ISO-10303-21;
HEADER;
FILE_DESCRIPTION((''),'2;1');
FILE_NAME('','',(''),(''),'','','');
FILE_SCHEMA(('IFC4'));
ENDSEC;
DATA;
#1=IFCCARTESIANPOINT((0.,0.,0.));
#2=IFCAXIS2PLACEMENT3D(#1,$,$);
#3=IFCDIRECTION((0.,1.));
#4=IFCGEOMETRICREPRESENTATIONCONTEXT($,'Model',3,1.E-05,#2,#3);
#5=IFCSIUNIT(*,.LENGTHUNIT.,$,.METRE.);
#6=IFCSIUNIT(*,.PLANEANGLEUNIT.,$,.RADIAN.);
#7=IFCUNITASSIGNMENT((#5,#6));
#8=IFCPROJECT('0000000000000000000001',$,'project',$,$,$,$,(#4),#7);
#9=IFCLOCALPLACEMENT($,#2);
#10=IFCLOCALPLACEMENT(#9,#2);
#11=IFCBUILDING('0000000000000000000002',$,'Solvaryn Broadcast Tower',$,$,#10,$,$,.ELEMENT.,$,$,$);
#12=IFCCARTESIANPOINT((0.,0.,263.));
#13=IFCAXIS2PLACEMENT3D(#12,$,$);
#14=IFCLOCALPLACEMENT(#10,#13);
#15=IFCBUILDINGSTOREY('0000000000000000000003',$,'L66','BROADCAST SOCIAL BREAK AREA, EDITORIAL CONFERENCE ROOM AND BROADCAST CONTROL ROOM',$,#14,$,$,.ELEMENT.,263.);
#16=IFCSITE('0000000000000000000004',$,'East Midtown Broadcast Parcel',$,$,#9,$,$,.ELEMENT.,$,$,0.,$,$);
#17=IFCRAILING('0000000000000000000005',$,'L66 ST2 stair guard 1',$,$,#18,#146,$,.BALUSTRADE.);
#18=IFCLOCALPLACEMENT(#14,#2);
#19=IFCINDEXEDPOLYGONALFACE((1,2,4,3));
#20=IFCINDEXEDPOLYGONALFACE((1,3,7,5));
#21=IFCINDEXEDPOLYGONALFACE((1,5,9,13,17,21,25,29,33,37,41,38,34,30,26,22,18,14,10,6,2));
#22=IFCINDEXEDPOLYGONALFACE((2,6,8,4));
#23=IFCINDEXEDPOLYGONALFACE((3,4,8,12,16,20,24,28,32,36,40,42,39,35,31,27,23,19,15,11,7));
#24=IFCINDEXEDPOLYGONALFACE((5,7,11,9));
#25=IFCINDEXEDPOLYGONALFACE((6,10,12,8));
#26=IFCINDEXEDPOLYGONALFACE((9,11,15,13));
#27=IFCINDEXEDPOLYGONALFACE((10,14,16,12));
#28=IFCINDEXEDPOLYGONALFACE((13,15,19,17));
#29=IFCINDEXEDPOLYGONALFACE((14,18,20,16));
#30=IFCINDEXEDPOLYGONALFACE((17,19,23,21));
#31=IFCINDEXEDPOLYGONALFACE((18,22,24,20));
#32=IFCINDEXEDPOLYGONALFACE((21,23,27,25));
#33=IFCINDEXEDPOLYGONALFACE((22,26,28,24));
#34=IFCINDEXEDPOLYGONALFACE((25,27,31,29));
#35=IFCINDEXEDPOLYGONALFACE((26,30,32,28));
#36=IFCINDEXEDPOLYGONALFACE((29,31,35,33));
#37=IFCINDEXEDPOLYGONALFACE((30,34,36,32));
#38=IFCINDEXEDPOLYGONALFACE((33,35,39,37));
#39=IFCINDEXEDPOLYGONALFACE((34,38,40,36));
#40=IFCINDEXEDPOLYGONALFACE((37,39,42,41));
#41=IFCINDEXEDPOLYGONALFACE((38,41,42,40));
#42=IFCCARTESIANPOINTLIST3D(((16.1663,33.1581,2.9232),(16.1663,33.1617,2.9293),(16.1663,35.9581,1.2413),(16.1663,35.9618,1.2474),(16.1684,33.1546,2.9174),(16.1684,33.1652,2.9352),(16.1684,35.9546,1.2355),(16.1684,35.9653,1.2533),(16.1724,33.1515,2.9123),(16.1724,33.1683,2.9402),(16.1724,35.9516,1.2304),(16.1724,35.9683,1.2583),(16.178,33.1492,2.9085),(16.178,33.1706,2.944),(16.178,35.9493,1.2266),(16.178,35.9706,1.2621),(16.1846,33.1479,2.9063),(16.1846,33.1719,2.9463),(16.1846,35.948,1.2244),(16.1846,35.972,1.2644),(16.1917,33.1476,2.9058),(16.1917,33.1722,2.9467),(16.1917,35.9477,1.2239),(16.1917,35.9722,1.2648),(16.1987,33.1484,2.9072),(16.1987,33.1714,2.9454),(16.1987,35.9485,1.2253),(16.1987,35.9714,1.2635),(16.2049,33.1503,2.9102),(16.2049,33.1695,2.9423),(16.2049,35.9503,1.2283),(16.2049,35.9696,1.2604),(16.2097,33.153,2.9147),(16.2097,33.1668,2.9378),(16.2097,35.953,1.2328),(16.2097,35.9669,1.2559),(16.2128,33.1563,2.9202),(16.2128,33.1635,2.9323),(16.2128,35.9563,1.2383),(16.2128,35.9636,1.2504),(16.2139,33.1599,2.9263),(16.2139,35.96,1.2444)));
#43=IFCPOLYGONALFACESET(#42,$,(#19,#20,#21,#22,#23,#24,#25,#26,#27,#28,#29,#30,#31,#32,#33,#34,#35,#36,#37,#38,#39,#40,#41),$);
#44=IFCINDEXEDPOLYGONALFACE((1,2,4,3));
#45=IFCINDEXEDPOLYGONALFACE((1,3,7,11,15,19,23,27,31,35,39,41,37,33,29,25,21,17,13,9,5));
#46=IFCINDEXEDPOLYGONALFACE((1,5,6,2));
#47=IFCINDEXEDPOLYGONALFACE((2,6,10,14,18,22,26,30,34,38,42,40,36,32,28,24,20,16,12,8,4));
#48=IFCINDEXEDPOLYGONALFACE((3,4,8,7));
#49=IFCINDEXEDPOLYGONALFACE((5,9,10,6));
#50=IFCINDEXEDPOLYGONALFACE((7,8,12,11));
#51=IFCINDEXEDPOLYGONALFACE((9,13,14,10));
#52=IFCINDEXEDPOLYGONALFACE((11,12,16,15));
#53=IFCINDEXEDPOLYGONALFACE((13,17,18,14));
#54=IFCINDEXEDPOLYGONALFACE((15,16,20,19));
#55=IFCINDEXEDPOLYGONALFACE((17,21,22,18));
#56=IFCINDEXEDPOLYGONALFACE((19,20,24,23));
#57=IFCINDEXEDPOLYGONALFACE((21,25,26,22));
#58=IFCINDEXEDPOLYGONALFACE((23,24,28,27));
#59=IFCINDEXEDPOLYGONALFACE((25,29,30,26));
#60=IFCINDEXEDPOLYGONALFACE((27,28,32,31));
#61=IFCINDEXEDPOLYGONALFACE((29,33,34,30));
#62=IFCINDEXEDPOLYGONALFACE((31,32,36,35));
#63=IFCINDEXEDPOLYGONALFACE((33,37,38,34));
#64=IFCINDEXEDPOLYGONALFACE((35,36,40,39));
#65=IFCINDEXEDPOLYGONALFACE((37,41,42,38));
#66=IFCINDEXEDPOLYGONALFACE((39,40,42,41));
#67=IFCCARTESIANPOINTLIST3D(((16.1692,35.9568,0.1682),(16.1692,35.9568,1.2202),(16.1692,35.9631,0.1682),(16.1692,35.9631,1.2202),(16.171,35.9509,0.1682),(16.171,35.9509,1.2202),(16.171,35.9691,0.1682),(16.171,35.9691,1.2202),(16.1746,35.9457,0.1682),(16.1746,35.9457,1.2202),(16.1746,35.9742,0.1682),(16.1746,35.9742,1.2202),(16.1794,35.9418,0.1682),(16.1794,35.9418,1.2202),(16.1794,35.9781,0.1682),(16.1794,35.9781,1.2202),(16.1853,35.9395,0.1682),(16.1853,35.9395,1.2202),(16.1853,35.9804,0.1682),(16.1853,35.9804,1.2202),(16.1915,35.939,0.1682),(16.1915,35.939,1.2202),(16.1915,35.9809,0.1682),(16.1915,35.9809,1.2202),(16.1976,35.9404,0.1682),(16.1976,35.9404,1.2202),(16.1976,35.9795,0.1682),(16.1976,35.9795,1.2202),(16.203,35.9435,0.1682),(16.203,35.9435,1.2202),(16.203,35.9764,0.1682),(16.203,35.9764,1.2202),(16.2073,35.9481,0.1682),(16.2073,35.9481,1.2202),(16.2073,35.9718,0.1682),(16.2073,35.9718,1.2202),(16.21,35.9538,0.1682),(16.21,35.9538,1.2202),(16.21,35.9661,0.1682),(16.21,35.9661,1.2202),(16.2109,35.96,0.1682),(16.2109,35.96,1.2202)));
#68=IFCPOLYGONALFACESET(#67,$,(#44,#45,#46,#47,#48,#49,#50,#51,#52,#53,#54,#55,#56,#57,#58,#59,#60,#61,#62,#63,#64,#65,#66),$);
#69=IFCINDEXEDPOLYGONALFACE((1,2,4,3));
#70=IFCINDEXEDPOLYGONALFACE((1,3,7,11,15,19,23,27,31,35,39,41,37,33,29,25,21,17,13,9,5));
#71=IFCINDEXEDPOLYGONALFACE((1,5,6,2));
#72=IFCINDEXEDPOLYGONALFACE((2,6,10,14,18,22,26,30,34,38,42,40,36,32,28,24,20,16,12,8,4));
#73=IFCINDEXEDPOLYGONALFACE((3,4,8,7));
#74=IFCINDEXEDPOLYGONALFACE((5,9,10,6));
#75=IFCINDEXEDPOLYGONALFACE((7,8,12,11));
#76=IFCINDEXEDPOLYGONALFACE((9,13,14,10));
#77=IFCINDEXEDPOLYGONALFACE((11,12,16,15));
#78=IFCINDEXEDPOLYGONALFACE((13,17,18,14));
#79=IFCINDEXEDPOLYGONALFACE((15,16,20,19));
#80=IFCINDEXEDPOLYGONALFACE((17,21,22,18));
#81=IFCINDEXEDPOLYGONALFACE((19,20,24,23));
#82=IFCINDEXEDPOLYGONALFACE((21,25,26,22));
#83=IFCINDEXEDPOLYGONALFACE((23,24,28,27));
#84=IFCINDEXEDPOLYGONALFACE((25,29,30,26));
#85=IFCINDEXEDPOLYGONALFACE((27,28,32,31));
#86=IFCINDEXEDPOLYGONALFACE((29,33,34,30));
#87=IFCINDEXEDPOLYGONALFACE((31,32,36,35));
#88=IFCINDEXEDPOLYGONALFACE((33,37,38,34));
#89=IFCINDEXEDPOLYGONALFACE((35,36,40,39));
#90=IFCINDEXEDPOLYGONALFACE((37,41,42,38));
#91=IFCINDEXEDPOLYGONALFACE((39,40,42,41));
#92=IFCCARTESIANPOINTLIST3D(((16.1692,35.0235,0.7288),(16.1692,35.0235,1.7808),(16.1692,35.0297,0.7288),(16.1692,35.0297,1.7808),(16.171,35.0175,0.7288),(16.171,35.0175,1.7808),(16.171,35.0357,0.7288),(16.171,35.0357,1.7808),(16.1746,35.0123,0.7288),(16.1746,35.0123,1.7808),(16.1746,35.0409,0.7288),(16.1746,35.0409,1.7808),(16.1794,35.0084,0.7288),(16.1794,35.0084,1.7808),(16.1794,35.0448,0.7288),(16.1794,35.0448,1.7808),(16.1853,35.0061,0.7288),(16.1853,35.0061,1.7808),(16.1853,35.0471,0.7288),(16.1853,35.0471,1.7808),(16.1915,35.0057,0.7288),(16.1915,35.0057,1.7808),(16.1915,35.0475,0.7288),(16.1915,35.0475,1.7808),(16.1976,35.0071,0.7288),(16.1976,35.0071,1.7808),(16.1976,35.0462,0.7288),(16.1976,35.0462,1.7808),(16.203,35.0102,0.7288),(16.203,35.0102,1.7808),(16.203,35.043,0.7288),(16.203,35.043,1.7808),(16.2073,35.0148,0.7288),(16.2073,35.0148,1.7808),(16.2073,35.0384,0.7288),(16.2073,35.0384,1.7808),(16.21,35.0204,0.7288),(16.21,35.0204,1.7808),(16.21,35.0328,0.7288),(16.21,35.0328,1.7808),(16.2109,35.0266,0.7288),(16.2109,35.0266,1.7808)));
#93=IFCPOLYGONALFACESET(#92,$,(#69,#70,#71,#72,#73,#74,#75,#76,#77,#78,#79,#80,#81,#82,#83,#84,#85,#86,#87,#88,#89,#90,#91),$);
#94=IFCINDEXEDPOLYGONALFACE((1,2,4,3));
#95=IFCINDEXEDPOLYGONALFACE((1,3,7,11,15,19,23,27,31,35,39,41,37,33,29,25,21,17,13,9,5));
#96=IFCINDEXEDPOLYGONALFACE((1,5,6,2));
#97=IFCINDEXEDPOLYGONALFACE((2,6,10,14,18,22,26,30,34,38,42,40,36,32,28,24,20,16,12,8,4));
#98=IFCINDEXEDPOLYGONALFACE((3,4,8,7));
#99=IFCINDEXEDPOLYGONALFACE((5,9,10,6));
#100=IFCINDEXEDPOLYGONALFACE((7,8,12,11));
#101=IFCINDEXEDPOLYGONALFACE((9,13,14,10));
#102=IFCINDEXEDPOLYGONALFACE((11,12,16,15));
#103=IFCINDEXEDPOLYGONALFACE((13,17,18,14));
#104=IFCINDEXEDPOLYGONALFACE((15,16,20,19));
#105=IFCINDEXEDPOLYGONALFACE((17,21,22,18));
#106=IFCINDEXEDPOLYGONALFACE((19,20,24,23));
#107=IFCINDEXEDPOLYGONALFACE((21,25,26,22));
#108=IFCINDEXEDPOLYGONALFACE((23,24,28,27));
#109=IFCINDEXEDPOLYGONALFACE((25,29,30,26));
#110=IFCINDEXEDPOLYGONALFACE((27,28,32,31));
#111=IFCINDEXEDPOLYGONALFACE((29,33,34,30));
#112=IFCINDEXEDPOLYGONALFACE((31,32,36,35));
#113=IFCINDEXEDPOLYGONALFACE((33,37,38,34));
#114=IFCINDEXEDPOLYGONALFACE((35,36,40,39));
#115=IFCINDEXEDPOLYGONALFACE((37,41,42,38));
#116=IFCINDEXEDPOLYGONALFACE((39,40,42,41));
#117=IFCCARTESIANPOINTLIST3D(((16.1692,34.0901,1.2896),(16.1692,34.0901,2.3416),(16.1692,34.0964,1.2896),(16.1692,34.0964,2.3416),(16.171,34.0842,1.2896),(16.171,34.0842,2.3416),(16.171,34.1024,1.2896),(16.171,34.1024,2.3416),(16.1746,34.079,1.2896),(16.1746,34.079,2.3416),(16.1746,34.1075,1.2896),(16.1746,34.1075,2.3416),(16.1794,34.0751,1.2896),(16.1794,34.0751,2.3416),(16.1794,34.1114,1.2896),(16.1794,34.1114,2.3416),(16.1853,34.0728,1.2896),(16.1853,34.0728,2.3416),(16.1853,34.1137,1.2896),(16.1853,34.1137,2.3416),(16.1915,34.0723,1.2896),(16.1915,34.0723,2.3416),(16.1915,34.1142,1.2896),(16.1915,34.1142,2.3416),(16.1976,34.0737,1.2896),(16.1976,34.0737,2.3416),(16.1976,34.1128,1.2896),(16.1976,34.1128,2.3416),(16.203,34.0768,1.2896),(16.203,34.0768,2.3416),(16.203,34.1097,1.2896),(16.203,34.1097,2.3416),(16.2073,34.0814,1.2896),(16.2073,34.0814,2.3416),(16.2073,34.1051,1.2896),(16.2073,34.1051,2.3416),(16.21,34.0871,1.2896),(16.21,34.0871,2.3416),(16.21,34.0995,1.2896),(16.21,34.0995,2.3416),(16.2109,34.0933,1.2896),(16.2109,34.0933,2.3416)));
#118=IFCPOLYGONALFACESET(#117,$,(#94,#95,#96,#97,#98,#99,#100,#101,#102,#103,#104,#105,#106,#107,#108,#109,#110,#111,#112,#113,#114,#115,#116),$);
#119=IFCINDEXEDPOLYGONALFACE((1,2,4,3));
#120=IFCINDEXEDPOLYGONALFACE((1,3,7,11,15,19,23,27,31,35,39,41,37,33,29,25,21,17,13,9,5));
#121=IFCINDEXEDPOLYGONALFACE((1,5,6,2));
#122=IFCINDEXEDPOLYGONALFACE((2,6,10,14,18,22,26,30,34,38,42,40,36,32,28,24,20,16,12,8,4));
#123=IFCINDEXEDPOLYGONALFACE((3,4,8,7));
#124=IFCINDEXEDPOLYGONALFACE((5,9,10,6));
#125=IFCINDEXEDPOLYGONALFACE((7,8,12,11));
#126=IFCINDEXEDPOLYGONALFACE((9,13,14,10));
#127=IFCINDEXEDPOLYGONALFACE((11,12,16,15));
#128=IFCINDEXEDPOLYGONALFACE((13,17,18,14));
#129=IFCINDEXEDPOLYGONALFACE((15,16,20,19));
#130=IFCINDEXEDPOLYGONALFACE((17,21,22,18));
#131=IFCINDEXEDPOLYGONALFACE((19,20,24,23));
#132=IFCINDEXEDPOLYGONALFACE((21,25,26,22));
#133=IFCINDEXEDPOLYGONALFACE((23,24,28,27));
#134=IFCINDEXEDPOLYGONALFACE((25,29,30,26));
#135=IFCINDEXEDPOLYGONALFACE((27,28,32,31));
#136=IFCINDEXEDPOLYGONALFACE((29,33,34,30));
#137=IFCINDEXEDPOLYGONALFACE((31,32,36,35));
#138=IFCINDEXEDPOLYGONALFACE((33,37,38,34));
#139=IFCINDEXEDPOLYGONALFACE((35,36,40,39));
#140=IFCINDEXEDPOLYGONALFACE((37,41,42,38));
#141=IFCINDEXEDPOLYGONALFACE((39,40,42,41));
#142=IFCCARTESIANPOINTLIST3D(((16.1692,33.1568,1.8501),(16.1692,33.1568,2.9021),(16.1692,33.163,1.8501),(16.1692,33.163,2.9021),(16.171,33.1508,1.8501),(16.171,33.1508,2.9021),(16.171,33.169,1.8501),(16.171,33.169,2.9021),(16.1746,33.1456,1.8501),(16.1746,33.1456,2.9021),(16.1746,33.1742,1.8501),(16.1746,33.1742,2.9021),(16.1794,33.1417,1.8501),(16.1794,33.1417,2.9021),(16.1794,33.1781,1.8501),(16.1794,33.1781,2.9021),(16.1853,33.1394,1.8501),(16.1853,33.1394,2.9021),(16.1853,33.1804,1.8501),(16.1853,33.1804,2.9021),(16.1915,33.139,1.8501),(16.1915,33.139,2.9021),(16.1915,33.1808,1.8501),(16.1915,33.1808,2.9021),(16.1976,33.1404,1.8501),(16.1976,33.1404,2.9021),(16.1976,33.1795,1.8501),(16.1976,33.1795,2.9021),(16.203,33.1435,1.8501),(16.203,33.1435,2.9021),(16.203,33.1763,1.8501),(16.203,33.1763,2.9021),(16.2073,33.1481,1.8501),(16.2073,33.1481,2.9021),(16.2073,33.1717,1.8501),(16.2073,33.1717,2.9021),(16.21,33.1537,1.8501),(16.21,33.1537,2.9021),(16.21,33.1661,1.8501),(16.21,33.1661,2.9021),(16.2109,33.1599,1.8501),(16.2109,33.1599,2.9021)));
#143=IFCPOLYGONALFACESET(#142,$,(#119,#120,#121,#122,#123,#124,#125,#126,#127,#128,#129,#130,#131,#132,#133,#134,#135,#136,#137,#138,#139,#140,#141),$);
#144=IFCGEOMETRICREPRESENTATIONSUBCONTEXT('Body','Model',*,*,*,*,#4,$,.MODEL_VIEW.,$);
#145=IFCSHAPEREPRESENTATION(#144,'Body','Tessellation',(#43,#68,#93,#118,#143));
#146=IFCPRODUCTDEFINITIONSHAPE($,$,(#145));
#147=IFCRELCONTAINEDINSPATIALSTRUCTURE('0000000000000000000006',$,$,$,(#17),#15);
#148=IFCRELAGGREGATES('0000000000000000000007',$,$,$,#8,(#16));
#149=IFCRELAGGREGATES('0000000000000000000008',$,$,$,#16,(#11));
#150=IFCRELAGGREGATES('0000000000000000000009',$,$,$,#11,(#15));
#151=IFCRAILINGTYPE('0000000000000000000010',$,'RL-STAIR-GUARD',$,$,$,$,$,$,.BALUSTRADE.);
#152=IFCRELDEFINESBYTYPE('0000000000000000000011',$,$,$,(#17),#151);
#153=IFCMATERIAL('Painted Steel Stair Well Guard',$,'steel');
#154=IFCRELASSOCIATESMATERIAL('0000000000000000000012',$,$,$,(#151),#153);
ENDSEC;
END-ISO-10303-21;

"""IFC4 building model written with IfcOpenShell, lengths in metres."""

from ifc_helpers import new_model, si_unit, direction, frame, origin, origin_2d, place, context, subcontext, project, spatial, circle, extrude, material, type_object, element, save


model = new_model("IFC4")

# Units and contexts
model_context = context("Model", 3, precision=1e-05, world=origin(), true_north=direction((0.0, 1.0)))
body_context = subcontext(model_context, "Body", "Model", "MODEL_VIEW")
ifc_project = project(units=[si_unit("LENGTHUNIT", "METRE"), si_unit("PLANEANGLEUNIT", "RADIAN")], contexts=[model_context])

# Site, building, storey
site_placement = place(None, origin())
site = spatial("IfcSite", under=ifc_project, at=site_placement, Name="East Midtown Broadcast Parcel", CompositionType="ELEMENT", RefElevation=0.0)
building_placement = place(site_placement, origin())
building = spatial("IfcBuilding", under=site, at=building_placement, Name="Solvaryn Broadcast Tower", CompositionType="ELEMENT")
storey_placement = place(building_placement, frame((0.0, 0.0, 263.0)))
storey = spatial("IfcBuildingStorey", under=building, at=storey_placement, Name="L66", Description="BROADCAST SOCIAL BREAK AREA, EDITORIAL CONFERENCE ROOM AND BROADCAST CONTROL ROOM", CompositionType="ELEMENT", Elevation=263.0)

# Railing
ifc_material_1 = material(Name="Painted Steel Stair Well Guard", Category="steel")
railing_type_1 = type_object("IfcRailingType", Name="RL-STAIR-GUARD", PredefinedType="BALUSTRADE", material=ifc_material_1)
railing_1_placement = place(storey_placement, frame((16.1899, 35.96, 0.1682)))
element("IfcRailing", 1, at=railing_1_placement, inside=storey, type_object=railing_type_1, Name="L66 ST2 stair guard 1", PredefinedType="BALUSTRADE", context=body_context, shape_type="SweptSolid", body=[
    extrude(circle(Radius=0.0239, at=origin_2d()), frame((0.0, 0.0, 1.0762), z_axis=(0.0, -0.857242, 0.514913), x_axis=(1.0, 0.0, 0.0)), (0.0, 0.0, 1.0), 3.2664),
    extrude(circle(Radius=0.021, at=origin_2d()), origin(), (0.0, 0.0, 1.0), 1.052),
    extrude(circle(Radius=0.021, at=origin_2d()), frame((0.0, -0.9333, 0.5605)), (0.0, 0.0, 1.0), 1.052),
    extrude(circle(Radius=0.021, at=origin_2d()), frame((0.0, -1.8667, 1.1213)), (0.0, 0.0, 1.0), 1.052),
    extrude(circle(Radius=0.021, at=origin_2d()), frame((0.0, -2.8, 1.6819)), (0.0, 0.0, 1.0), 1.052),
])

save(model, "model.ifc")
